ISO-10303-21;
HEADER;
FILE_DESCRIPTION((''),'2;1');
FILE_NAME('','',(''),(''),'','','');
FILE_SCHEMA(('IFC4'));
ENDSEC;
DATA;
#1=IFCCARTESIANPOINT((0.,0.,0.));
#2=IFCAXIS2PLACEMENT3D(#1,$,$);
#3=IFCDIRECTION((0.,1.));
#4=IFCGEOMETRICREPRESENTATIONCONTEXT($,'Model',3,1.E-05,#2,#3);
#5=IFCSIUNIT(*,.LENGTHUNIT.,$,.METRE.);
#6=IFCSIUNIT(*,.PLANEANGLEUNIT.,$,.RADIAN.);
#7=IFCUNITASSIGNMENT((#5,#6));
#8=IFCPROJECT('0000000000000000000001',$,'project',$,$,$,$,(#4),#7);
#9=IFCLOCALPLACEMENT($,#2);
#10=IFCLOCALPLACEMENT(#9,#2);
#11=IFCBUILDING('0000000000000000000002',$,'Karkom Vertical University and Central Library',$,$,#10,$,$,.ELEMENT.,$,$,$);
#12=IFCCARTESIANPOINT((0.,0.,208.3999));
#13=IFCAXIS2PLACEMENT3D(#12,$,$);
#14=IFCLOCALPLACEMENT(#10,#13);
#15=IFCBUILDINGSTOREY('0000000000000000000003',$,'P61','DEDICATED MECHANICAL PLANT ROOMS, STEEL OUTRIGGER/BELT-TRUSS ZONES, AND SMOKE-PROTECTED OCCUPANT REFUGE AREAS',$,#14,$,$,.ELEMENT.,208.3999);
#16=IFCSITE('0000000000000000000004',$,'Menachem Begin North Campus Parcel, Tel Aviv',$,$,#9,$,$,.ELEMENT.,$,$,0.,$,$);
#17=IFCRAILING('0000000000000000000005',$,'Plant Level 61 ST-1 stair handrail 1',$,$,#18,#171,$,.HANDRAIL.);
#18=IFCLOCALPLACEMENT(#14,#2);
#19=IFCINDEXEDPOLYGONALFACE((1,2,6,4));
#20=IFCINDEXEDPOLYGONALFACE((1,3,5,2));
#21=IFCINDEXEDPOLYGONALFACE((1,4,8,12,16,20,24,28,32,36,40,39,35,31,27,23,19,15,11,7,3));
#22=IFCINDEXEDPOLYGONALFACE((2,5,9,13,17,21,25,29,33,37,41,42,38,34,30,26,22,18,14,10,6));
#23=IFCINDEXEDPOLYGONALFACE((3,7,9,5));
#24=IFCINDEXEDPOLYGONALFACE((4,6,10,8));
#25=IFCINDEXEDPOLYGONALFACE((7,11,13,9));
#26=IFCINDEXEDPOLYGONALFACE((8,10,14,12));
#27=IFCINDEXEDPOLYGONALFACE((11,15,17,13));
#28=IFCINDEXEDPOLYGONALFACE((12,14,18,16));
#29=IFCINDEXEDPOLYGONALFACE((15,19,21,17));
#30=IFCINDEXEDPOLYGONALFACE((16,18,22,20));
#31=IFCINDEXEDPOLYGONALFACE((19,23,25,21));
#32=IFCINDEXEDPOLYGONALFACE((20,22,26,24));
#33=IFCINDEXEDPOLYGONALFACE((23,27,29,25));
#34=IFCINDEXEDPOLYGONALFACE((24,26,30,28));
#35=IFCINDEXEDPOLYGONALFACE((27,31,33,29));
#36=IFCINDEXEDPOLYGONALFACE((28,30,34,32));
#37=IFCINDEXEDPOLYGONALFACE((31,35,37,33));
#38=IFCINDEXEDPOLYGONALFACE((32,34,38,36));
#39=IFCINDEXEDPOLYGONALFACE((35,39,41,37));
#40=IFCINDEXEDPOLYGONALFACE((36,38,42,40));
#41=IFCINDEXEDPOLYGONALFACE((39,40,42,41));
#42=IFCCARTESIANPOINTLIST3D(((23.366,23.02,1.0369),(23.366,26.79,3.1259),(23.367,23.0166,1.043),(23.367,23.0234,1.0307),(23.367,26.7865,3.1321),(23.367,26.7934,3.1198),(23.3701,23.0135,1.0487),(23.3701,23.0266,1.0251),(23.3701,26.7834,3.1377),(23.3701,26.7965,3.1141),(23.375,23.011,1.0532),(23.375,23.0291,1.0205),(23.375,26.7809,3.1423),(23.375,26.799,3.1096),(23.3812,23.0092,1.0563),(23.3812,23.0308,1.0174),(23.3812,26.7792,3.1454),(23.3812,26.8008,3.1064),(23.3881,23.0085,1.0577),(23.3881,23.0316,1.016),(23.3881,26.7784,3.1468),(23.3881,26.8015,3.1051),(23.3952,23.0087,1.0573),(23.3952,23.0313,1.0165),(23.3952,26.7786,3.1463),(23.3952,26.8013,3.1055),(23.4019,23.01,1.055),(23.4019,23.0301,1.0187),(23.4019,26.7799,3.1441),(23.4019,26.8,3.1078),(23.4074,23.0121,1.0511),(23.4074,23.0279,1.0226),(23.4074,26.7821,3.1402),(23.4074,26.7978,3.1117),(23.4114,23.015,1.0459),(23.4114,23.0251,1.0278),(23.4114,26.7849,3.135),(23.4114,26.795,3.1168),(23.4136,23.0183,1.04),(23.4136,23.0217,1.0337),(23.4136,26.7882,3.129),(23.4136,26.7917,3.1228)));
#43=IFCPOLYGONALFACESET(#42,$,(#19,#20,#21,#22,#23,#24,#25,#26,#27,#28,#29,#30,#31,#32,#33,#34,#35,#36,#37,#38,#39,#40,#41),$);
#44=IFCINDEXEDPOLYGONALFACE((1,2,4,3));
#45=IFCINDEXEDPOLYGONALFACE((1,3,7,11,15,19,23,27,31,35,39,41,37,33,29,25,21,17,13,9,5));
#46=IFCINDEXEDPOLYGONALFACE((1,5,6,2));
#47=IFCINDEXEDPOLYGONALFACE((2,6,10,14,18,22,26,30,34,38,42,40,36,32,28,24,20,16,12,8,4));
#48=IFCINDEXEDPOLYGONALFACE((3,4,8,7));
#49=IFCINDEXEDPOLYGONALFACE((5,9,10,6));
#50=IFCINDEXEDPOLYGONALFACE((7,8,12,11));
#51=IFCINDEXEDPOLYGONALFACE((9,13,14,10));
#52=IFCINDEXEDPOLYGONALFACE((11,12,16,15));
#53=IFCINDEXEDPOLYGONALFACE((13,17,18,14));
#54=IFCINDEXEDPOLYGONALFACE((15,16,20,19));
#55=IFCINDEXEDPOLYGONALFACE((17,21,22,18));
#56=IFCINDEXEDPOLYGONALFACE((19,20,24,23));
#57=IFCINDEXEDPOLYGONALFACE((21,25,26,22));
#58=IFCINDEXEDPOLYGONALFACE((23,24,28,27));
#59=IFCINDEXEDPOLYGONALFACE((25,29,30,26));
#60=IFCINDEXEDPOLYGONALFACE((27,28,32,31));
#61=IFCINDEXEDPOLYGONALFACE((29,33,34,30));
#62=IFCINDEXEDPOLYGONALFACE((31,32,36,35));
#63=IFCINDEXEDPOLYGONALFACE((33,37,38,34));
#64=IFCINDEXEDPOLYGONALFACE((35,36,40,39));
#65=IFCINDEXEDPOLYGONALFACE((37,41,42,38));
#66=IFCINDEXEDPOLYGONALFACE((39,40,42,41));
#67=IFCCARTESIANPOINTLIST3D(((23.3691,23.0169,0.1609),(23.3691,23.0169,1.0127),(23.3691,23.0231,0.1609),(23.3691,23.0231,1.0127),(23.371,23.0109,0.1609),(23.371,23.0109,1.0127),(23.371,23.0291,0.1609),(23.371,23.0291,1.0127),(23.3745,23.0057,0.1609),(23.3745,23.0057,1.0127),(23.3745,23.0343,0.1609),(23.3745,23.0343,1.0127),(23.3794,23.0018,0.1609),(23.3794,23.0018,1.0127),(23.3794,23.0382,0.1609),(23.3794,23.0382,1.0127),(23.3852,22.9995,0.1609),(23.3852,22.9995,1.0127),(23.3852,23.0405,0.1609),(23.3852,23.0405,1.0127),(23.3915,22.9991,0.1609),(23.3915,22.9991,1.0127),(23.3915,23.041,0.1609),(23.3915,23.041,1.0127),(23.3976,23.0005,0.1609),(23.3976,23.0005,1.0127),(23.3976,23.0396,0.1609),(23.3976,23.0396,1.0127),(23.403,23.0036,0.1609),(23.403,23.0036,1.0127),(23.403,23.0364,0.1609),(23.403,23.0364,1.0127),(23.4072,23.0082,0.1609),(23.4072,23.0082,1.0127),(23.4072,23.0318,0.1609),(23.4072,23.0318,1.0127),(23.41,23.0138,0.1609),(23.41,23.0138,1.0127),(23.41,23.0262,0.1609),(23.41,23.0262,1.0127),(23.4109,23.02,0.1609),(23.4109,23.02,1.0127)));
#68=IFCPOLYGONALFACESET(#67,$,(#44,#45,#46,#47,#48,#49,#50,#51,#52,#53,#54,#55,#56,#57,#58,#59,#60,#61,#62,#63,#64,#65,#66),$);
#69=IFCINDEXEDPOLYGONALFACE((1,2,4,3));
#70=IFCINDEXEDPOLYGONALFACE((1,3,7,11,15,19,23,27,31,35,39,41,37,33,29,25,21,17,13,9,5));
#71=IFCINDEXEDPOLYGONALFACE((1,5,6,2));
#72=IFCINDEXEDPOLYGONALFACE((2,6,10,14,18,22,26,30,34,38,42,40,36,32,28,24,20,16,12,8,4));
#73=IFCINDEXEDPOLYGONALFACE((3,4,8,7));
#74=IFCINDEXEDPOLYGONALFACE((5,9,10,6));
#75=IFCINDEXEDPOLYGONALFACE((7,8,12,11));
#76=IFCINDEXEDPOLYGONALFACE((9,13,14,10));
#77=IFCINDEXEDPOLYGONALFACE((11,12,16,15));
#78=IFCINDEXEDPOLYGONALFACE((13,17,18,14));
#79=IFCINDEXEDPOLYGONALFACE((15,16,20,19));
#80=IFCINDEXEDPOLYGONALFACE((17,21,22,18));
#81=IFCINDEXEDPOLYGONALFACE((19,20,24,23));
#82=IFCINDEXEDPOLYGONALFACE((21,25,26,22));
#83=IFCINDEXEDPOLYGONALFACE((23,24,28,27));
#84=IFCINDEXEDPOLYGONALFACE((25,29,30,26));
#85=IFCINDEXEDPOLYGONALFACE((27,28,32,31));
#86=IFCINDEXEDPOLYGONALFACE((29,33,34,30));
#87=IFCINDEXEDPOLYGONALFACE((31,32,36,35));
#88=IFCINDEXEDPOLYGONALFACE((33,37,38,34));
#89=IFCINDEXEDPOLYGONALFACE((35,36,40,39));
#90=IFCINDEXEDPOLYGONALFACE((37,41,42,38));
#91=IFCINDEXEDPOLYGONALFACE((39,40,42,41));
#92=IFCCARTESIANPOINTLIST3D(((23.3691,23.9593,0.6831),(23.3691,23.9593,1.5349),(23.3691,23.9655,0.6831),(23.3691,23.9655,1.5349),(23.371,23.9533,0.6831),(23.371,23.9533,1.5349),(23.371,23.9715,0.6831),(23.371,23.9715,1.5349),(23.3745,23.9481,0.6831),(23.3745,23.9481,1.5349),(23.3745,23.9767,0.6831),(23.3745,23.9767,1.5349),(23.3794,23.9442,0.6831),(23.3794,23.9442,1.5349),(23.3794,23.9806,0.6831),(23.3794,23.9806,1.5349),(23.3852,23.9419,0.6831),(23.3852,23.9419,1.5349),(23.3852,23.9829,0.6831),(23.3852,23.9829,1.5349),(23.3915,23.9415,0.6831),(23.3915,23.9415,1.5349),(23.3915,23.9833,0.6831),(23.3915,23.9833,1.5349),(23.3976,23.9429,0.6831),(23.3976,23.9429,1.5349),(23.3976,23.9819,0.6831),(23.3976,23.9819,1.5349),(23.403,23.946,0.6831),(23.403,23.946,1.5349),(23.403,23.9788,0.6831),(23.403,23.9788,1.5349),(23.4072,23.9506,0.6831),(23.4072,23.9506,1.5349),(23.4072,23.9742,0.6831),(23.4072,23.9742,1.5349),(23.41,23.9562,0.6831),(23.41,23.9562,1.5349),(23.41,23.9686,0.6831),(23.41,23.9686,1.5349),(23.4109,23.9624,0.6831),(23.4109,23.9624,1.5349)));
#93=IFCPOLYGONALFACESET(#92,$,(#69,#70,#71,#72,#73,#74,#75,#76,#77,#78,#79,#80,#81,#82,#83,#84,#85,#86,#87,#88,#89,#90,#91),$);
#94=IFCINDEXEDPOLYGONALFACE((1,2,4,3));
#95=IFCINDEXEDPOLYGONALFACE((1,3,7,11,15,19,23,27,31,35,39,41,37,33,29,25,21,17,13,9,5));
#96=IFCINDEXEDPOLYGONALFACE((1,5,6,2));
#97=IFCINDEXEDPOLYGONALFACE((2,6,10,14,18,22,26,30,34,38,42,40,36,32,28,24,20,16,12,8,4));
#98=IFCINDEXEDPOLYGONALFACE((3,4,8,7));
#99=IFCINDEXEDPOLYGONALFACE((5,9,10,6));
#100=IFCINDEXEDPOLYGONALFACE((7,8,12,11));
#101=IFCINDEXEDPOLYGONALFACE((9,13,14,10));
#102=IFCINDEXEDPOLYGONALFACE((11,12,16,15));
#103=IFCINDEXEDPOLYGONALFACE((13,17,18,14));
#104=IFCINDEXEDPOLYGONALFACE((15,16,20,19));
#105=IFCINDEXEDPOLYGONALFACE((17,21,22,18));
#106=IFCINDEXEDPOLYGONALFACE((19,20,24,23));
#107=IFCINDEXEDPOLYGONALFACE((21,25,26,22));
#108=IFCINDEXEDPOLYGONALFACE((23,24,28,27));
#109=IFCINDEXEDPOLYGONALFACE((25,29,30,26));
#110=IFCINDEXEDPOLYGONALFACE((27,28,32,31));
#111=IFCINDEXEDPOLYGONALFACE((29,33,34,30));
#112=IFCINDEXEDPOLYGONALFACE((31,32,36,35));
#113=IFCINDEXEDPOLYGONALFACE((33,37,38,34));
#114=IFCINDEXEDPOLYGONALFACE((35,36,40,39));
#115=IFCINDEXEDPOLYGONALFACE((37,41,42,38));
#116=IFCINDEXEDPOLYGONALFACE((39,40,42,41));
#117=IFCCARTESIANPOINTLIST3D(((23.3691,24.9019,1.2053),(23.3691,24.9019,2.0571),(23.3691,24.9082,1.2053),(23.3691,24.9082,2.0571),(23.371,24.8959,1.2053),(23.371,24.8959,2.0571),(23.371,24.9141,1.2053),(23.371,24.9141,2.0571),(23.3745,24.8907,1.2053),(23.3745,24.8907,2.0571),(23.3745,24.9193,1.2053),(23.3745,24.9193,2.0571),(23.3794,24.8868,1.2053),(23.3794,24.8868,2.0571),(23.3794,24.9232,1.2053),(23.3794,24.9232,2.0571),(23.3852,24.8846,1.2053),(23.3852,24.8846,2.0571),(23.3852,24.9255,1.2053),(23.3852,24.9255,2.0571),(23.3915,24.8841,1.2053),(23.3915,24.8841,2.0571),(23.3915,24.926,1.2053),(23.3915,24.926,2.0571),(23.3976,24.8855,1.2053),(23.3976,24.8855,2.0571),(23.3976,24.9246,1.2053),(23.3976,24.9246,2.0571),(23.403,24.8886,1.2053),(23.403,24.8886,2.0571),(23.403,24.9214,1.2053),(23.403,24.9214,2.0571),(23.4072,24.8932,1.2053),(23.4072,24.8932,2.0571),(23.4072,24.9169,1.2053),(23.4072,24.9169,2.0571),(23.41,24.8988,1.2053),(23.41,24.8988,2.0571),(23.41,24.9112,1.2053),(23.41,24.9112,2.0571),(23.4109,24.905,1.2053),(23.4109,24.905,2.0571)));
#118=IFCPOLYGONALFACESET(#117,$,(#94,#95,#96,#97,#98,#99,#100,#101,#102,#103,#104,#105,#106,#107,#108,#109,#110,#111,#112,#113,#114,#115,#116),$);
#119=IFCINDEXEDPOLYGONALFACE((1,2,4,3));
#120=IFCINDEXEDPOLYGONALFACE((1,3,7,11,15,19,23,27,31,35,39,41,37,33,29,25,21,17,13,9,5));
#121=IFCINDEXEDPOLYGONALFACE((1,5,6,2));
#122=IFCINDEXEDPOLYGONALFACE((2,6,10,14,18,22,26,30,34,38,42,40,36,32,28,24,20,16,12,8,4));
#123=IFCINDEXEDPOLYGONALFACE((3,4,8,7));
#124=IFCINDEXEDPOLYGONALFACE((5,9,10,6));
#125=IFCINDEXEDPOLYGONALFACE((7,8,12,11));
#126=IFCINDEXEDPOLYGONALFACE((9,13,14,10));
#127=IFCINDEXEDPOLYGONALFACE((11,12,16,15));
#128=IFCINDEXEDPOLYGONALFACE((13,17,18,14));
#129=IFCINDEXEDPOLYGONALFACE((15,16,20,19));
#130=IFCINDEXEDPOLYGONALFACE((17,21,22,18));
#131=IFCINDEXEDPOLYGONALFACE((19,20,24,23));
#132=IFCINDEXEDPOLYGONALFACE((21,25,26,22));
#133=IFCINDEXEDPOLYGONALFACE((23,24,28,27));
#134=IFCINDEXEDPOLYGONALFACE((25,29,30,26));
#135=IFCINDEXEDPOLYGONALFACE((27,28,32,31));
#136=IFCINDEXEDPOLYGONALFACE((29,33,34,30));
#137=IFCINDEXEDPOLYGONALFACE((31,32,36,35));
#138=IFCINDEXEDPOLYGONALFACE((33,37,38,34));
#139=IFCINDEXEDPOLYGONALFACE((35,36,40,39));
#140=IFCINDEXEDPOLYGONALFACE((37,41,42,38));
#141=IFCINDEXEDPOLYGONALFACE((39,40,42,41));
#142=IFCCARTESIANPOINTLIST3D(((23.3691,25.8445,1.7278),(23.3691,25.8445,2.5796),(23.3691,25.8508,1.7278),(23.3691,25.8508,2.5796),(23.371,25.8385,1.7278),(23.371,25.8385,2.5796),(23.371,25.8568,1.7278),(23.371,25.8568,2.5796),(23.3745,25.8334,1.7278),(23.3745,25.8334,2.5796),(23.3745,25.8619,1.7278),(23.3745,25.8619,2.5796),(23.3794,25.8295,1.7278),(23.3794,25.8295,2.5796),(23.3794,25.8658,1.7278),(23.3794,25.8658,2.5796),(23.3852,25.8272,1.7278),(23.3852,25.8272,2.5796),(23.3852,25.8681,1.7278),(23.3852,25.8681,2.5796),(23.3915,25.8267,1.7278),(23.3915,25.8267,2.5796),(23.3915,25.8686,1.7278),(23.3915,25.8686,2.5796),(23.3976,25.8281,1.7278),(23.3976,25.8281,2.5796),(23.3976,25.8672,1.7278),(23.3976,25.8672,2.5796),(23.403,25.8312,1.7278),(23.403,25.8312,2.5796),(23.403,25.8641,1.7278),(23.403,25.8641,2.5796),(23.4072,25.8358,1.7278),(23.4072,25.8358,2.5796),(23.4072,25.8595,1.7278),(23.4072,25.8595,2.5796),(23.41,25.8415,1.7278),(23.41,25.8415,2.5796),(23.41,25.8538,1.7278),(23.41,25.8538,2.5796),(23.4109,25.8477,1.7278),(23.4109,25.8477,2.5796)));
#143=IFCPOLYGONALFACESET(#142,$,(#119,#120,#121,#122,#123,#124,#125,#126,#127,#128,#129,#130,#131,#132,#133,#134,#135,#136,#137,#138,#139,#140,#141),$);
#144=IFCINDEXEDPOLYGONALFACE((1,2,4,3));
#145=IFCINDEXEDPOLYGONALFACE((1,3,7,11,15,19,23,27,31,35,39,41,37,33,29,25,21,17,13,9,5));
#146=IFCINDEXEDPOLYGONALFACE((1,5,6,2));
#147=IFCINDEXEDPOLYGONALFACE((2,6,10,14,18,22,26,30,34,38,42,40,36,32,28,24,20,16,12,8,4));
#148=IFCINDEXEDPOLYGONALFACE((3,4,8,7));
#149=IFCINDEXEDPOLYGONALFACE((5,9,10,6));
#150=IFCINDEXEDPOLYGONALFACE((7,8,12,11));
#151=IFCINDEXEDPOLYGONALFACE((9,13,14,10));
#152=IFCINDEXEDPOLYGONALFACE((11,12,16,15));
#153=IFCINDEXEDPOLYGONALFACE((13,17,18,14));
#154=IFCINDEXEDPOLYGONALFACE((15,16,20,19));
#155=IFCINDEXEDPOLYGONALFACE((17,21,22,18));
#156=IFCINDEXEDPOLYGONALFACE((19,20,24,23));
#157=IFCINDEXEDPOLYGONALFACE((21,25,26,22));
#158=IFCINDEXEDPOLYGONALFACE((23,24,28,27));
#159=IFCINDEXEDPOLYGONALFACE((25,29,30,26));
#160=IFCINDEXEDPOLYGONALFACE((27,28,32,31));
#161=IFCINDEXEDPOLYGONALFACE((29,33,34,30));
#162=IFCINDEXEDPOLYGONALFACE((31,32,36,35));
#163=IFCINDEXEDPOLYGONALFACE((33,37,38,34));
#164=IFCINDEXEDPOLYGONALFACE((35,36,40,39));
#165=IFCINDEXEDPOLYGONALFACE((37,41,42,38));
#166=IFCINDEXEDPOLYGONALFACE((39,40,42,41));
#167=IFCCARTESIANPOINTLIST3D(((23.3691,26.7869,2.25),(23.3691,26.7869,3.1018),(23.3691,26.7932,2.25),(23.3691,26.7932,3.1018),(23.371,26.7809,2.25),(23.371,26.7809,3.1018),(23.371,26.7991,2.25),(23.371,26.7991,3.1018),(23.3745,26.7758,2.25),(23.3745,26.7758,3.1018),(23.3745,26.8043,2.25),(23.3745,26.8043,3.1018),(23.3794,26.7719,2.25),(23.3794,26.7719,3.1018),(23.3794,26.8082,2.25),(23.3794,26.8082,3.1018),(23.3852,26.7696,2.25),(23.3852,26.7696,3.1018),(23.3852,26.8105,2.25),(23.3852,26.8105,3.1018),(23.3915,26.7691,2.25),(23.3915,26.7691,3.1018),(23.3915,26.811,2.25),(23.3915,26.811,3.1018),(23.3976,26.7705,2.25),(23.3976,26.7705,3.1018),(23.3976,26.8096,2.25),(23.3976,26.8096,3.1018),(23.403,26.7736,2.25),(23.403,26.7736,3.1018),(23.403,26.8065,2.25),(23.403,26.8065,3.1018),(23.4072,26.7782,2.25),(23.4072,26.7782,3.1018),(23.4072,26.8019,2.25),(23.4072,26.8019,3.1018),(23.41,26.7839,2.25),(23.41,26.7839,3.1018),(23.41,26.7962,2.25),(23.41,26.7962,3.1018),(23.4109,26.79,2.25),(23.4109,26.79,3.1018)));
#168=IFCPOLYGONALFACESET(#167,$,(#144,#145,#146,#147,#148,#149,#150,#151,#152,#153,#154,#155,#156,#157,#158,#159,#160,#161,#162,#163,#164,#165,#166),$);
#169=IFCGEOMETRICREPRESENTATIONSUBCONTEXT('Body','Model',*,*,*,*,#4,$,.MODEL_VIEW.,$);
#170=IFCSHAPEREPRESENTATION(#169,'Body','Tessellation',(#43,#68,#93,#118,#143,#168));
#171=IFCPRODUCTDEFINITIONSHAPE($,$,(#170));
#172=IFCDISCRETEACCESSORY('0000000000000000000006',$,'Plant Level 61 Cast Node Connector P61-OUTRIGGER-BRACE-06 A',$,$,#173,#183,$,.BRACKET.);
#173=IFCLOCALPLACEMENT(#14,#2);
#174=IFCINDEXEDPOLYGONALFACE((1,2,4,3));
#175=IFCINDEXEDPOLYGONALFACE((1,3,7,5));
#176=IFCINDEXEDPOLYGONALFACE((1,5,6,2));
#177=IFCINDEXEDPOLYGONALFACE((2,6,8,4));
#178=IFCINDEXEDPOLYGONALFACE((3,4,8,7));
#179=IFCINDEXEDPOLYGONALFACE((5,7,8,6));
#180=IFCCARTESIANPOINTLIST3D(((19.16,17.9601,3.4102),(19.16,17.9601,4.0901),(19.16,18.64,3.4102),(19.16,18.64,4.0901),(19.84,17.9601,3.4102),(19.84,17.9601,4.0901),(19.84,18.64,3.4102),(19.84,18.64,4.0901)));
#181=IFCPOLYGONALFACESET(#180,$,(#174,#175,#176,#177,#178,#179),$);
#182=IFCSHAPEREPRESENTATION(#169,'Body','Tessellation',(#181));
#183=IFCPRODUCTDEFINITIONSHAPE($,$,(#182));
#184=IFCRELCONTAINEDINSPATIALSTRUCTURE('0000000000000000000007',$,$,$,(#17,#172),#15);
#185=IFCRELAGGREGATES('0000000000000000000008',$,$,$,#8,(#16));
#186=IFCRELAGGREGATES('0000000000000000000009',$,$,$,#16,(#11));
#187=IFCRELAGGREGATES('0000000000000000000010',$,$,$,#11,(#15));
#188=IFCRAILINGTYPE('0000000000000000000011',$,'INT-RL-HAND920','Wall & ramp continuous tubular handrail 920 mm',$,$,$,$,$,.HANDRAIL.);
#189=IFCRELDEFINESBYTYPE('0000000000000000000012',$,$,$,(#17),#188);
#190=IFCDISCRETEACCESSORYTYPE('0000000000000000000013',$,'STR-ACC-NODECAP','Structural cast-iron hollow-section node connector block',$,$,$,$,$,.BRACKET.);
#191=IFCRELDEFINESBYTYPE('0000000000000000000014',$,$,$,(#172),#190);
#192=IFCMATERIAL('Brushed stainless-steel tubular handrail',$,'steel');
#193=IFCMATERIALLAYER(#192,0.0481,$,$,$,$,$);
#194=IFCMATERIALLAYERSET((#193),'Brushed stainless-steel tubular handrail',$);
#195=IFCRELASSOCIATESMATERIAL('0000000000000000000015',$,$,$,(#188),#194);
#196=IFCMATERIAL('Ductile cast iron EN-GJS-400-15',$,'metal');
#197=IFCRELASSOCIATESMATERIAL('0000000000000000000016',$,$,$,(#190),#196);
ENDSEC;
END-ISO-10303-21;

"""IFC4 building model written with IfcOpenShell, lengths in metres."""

from ifc_helpers import new_model, si_unit, direction, frame, origin, origin_with_axes, origin_2d, place, context, subcontext, project, spatial, rectangle, circle, extrude, source, transform, mapped, material, layer, layer_set, type_object, element, save


model = new_model("IFC4")

# Units and contexts
model_context = context("Model", 3, precision=1e-05, world=origin(), true_north=direction((0.0, 1.0)))
body_context = subcontext(model_context, "Body", "Model", "MODEL_VIEW")
ifc_project = project(units=[si_unit("LENGTHUNIT", "METRE"), si_unit("PLANEANGLEUNIT", "RADIAN")], contexts=[model_context])

# Site, building, storey
site_placement = place(None, origin())
site = spatial("IfcSite", under=ifc_project, at=site_placement, Name="Menachem Begin North Campus Parcel, Tel Aviv", CompositionType="ELEMENT", RefElevation=0.0)
building_placement = place(site_placement, origin())
building = spatial("IfcBuilding", under=site, at=building_placement, Name="Karkom Vertical University and Central Library", CompositionType="ELEMENT")
storey_placement = place(building_placement, frame((0.0, 0.0, 208.3999)))
storey = spatial("IfcBuildingStorey", under=building, at=storey_placement, Name="P61", Description="DEDICATED MECHANICAL PLANT ROOMS, STEEL OUTRIGGER/BELT-TRUSS ZONES, AND SMOKE-PROTECTED OCCUPANT REFUGE AREAS", CompositionType="ELEMENT", Elevation=208.3999)

# Railing
ifc_material_1 = material(Name="Brushed stainless-steel tubular handrail", Category="steel")
ifc_layer_1 = layer(ifc_material_1, 0.0481)
ifc_layer_set_1 = layer_set([ifc_layer_1], Name="Brushed stainless-steel tubular handrail")
railing_type_1 = type_object("IfcRailingType", Name="INT-RL-HAND920", Description="Wall & ramp continuous tubular handrail 920 mm", PredefinedType="HANDRAIL", material=ifc_layer_set_1)
railing_1_placement = place(storey_placement, frame((23.3899, 23.02, 0.1609)))
element("IfcRailing", 1, at=railing_1_placement, inside=storey, type_object=railing_type_1, Name="Plant Level 61 ST-1 stair handrail 1", PredefinedType="HANDRAIL", context=body_context, shape_type="SweptSolid", body=[
    extrude(circle(Radius=0.0239, at=origin_2d()), frame((0.0, 0.0, 0.876), z_axis=(0.0, 0.874683, 0.484695), x_axis=(-1.0, 0.0, 0.0)), (0.0, 0.0, 1.0), 4.3101),
    extrude(circle(Radius=0.021, at=origin_2d()), origin(), (0.0, 0.0, 1.0), 0.8518),
    extrude(circle(Radius=0.021, at=origin_2d()), frame((0.0, 0.9424, 0.5222)), (0.0, 0.0, 1.0), 0.8518),
    extrude(circle(Radius=0.021, at=origin_2d()), frame((0.0, 1.885, 1.0444)), (0.0, 0.0, 1.0), 0.8518),
    extrude(circle(Radius=0.021, at=origin_2d()), frame((0.0, 2.8276, 1.5669)), (0.0, 0.0, 1.0), 0.8518),
    extrude(circle(Radius=0.021, at=origin_2d()), frame((0.0, 3.77, 2.0891)), (0.0, 0.0, 1.0), 0.8518),
])

# Discrete accessory
ifc_material_2 = material(Name="Ductile cast iron EN-GJS-400-15", Category="metal")
discrete_accessory_type = type_object("IfcDiscreteAccessoryType", Name="STR-ACC-NODECAP", Description="Structural cast-iron hollow-section node connector block", PredefinedType="BRACKET", material=ifc_material_2)
shared_shape_1 = source(origin_with_axes(), body_context, "Body", "SweptSolid", [
    extrude(rectangle(XDim=0.6799, YDim=0.6799, at=origin_2d()), origin(), (0.0, 0.0, 1.0), 0.6799),
])
discrete_accessory_placement = place(storey_placement, frame((19.5, 18.3, 3.4102), z_axis=(0.0, 0.0, 1.0), x_axis=(1.0, 0.0, 0.0)))
element("IfcDiscreteAccessory", 2, at=discrete_accessory_placement, inside=storey, type_object=discrete_accessory_type, Name="Plant Level 61 Cast Node Connector P61-OUTRIGGER-BRACE-06 A", PredefinedType="BRACKET", context=body_context, shape_type="MappedRepresentation", body=[
    mapped(shared_shape_1, transform((0.0, 0.0, 0.0), scale=1.0)),
])

save(model, "model.ifc")
